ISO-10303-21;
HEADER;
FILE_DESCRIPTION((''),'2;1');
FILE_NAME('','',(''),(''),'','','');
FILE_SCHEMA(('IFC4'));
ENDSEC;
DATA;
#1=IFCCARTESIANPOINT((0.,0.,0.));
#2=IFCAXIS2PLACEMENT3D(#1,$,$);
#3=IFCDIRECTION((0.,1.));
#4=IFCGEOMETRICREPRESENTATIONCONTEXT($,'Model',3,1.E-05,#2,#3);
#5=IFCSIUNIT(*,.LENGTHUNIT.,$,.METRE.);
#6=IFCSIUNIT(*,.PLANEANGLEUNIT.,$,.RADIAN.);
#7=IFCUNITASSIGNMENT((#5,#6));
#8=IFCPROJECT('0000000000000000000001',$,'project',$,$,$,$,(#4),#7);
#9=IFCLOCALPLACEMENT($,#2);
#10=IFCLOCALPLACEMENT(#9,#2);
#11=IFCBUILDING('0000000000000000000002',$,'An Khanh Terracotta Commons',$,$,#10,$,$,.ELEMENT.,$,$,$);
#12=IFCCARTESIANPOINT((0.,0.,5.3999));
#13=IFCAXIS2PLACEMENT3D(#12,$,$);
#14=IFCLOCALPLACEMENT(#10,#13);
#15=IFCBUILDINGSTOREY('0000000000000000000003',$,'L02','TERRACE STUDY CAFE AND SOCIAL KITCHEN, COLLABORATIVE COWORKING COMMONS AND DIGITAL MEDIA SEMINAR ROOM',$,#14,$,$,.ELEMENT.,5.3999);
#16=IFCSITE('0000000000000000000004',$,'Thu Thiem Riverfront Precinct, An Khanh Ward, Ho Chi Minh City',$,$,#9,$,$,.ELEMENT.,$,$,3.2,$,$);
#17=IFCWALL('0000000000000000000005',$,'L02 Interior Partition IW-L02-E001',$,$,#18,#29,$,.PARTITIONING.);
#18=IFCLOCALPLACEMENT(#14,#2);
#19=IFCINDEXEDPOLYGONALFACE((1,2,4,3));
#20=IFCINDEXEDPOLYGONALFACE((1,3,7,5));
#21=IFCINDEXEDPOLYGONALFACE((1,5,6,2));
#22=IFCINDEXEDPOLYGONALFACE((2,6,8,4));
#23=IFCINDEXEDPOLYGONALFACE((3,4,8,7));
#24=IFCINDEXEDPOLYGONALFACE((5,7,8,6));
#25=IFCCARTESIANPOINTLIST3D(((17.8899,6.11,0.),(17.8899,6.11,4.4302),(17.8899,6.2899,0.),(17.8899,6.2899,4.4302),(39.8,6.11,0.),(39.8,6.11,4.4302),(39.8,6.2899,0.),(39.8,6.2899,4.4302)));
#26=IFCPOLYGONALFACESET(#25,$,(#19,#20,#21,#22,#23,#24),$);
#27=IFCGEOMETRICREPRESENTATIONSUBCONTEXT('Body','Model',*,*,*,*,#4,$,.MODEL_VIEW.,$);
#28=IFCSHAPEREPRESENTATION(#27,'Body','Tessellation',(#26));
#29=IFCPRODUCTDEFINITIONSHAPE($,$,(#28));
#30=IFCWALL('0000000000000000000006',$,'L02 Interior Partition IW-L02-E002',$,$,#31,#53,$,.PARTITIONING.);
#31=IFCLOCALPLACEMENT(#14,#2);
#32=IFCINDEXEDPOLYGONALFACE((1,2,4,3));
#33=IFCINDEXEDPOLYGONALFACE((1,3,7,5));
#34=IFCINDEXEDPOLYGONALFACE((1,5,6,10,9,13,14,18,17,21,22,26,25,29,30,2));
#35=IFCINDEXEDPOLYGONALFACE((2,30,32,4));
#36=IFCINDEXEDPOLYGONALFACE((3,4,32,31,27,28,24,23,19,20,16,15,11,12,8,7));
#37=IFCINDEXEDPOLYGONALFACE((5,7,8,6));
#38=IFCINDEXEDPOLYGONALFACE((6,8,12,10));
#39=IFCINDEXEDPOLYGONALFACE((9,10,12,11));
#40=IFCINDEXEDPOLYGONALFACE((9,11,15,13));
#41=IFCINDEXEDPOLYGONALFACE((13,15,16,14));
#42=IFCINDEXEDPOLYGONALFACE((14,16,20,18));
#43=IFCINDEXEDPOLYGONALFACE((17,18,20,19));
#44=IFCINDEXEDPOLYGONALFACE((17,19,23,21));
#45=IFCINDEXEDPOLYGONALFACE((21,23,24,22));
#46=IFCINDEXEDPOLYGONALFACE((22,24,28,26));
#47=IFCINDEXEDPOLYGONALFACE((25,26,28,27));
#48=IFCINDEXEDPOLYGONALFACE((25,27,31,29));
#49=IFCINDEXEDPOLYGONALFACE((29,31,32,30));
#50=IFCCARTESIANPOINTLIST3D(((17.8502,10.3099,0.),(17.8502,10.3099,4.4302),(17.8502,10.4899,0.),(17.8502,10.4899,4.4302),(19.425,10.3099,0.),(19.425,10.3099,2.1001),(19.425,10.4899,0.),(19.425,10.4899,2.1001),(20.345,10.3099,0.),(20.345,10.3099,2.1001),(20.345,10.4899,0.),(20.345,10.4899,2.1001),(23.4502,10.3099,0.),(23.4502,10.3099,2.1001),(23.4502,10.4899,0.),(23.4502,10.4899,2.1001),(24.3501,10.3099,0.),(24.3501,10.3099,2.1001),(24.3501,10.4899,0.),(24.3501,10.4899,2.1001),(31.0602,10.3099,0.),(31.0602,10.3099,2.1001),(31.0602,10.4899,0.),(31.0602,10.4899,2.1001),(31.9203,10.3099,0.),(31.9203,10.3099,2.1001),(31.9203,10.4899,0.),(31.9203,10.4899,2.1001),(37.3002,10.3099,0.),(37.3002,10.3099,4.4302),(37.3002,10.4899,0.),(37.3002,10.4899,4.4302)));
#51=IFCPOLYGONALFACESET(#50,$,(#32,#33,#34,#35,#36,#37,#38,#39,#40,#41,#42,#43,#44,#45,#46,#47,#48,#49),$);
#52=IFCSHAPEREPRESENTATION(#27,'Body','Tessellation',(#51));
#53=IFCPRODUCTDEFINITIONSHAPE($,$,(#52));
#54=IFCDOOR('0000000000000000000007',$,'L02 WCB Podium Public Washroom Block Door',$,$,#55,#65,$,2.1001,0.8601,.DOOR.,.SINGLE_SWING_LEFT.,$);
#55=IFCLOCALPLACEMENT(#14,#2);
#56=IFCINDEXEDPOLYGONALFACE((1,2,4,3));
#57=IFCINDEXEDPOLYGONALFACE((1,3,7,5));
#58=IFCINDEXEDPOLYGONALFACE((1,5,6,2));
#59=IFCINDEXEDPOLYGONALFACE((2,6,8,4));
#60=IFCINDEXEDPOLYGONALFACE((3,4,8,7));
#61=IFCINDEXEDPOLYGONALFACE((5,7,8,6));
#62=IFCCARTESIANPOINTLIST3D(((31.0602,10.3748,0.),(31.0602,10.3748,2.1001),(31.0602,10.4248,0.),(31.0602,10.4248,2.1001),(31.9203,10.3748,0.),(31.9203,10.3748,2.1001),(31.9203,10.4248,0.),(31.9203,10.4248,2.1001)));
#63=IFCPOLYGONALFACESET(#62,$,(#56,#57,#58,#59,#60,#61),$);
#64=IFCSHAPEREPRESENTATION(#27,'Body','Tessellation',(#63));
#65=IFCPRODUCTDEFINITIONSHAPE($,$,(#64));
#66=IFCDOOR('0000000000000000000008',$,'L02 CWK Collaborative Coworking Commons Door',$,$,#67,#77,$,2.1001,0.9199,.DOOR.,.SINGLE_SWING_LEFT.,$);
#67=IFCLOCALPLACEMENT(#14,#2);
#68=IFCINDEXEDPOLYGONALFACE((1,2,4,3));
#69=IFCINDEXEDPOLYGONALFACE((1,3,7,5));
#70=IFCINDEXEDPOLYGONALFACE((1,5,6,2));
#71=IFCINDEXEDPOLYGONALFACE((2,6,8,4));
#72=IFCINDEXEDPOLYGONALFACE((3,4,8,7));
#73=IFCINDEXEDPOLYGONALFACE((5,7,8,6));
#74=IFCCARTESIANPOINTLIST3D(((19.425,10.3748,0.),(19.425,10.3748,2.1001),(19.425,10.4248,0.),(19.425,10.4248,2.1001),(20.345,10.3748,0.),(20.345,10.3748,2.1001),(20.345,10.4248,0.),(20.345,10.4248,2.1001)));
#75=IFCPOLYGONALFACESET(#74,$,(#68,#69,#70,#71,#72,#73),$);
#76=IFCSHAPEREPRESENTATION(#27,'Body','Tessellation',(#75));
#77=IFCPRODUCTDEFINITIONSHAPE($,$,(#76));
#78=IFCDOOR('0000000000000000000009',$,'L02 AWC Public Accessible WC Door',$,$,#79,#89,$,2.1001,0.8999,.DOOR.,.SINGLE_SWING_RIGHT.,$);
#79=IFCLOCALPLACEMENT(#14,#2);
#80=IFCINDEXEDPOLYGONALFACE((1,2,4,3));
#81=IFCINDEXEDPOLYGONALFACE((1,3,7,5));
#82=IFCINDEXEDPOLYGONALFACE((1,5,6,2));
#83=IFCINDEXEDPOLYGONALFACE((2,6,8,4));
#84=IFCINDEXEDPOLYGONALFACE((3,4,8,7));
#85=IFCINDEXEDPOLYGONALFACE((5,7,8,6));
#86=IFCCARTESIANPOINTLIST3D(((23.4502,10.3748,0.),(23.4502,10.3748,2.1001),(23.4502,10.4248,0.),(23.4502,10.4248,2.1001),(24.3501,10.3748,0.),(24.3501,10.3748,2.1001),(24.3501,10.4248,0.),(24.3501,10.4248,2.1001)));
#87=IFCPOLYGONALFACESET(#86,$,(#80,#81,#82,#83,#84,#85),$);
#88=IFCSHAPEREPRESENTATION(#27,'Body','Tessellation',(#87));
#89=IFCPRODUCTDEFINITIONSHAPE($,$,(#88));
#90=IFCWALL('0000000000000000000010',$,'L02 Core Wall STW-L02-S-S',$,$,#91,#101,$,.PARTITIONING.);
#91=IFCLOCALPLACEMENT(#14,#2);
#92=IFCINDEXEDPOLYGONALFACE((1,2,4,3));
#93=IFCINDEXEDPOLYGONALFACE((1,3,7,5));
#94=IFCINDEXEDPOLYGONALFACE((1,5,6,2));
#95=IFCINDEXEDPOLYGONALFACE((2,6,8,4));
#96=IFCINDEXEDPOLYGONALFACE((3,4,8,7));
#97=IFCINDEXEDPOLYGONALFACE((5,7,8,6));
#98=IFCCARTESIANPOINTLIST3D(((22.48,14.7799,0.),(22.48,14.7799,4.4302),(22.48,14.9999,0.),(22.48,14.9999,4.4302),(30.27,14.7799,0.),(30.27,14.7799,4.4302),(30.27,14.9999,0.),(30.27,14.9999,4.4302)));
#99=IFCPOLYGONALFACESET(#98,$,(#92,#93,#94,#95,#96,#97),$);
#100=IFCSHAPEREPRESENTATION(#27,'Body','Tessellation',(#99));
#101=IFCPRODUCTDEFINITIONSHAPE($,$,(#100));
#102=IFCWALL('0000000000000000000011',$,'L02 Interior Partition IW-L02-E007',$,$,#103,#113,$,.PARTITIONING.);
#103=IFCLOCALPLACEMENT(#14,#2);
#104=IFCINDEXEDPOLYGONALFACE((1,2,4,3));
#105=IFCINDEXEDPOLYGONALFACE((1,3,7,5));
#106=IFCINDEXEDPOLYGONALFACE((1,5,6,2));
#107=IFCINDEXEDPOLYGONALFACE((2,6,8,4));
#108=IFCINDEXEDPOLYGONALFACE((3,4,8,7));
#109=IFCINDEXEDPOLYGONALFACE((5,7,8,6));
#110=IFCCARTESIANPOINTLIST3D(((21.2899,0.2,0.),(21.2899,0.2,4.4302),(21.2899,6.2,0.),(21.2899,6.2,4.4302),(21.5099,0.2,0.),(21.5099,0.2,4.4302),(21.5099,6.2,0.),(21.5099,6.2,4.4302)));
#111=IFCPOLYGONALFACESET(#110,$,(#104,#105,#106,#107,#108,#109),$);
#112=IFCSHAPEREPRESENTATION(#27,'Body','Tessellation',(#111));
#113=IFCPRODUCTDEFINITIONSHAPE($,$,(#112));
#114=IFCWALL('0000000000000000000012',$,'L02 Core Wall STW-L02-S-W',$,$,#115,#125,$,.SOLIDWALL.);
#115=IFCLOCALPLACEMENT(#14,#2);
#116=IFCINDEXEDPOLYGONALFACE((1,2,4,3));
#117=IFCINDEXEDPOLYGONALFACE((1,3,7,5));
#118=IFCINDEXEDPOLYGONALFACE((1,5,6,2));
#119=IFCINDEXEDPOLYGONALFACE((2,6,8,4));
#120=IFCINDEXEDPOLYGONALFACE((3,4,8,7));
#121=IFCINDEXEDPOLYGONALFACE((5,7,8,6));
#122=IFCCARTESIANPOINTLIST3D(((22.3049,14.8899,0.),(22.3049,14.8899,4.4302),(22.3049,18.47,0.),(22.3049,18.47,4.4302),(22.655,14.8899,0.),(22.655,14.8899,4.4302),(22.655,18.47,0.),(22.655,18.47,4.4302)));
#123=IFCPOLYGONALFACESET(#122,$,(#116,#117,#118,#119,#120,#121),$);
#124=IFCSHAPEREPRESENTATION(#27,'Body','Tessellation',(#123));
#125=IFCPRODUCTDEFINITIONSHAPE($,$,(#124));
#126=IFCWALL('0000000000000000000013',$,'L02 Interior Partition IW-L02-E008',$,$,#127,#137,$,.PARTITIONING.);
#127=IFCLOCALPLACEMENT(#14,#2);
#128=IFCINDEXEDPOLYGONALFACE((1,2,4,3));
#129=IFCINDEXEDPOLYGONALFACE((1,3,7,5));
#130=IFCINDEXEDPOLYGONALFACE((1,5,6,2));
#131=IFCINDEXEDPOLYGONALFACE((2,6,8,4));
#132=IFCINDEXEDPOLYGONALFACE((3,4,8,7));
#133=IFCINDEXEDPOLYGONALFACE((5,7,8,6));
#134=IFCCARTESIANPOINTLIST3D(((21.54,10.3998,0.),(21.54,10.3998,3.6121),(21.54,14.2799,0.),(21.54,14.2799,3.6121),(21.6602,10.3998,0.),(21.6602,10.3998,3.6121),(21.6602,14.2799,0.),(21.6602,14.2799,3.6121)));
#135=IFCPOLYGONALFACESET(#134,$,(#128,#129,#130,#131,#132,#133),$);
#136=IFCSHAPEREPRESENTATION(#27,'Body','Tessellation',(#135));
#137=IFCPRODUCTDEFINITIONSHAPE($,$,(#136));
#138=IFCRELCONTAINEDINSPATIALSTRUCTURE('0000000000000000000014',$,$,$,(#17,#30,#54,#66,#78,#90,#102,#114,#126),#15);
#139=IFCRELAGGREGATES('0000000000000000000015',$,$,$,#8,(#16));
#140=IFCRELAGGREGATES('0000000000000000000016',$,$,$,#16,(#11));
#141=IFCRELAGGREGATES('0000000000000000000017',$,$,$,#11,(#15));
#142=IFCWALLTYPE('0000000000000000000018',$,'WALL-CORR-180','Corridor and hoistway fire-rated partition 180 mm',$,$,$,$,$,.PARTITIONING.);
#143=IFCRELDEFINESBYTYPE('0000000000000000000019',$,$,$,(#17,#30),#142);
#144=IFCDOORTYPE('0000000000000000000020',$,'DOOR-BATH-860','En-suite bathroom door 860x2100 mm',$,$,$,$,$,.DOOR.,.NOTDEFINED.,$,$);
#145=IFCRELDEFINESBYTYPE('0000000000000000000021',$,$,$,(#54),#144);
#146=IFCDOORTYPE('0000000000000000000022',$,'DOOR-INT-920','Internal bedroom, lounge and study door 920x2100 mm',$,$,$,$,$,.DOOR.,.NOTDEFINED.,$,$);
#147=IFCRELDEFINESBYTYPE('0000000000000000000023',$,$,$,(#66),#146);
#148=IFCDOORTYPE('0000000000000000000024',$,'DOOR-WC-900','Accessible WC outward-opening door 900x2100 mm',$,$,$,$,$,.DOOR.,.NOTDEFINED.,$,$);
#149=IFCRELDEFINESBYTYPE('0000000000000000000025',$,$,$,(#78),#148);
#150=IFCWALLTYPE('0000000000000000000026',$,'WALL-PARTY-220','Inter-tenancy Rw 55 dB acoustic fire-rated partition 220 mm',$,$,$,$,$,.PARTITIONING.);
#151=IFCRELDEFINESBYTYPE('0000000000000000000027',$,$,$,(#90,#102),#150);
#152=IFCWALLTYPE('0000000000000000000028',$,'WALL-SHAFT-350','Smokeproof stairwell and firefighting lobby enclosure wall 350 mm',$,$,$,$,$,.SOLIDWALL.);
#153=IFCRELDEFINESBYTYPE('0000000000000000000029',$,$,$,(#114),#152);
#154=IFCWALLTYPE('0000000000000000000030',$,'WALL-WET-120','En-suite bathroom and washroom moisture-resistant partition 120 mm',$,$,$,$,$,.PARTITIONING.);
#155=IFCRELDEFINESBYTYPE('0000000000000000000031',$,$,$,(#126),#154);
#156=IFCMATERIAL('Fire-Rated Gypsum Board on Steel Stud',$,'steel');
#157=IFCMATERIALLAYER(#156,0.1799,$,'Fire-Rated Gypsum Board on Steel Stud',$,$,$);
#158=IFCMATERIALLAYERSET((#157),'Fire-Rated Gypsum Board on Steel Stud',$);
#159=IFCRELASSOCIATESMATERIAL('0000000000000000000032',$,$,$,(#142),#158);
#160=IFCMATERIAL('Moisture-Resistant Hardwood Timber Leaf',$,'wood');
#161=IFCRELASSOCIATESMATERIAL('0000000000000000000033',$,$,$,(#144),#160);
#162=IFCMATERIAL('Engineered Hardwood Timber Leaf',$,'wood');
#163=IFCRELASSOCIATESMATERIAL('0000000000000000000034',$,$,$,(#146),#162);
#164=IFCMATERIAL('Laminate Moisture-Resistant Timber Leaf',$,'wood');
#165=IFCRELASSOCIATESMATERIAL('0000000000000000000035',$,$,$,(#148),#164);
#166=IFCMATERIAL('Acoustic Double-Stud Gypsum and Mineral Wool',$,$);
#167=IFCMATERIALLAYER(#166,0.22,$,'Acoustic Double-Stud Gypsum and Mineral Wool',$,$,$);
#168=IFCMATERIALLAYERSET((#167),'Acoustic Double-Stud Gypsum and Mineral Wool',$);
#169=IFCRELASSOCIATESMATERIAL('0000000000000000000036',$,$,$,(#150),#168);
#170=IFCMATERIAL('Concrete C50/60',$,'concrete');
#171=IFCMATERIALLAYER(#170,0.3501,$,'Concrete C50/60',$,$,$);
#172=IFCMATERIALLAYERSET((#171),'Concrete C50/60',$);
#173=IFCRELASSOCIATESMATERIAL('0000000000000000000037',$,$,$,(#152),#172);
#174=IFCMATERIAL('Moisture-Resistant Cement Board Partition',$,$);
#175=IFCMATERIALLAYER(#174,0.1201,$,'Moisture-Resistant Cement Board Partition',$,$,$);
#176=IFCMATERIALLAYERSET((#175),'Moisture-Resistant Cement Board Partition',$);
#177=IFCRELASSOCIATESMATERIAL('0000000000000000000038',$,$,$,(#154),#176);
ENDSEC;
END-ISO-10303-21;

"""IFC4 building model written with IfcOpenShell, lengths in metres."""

from ifc_helpers import new_model, si_unit, direction, frame, frame_2d, origin, place, context, subcontext, project, spatial, rectangle, extrude, material, layer, layer_set, type_object, element, fill, save


model = new_model("IFC4")

# Units and contexts
model_context = context("Model", 3, precision=1e-05, world=origin(), true_north=direction((0.0, 1.0)))
body_context = subcontext(model_context, "Body", "Model", "MODEL_VIEW")
ifc_project = project(units=[si_unit("LENGTHUNIT", "METRE"), si_unit("PLANEANGLEUNIT", "RADIAN")], contexts=[model_context])

# Site, building, storey
site_placement = place(None, origin())
site = spatial("IfcSite", under=ifc_project, at=site_placement, Name="Thu Thiem Riverfront Precinct, An Khanh Ward, Ho Chi Minh City", CompositionType="ELEMENT", RefElevation=3.2)
building_placement = place(site_placement, origin())
building = spatial("IfcBuilding", under=site, at=building_placement, Name="An Khanh Terracotta Commons", CompositionType="ELEMENT")
storey_placement = place(building_placement, frame((0.0, 0.0, 5.3999)))
storey = spatial("IfcBuildingStorey", under=building, at=storey_placement, Name="L02", Description="TERRACE STUDY CAFE AND SOCIAL KITCHEN, COLLABORATIVE COWORKING COMMONS AND DIGITAL MEDIA SEMINAR ROOM", CompositionType="ELEMENT", Elevation=5.3999)

# Shared definitions
ifc_material_1 = material(Name="Concrete C50/60", Category="concrete")

# Wall
ifc_material_2 = material(Name="Fire-Rated Gypsum Board on Steel Stud", Category="steel")
ifc_layer_1 = layer(ifc_material_2, 0.1799, Name="Fire-Rated Gypsum Board on Steel Stud")
ifc_layer_set_1 = layer_set([ifc_layer_1], Name="Fire-Rated Gypsum Board on Steel Stud")
wall_type_1 = type_object("IfcWallType", Name="WALL-CORR-180", Description="Corridor and hoistway fire-rated partition 180 mm", PredefinedType="PARTITIONING", material=ifc_layer_set_1)
wall_1_placement = place(storey_placement, frame((17.8899, 6.2, 0.0), z_axis=(0.0, 0.0, 1.0), x_axis=(1.0, 0.0, 0.0)))
element("IfcWall", 1, at=wall_1_placement, inside=storey, type_object=wall_type_1, Name="L02 Interior Partition IW-L02-E001", PredefinedType="PARTITIONING", context=body_context, shape_type="SweptSolid", body=[
    extrude(rectangle(XDim=21.9102, YDim=0.1799, at=frame_2d((10.9551, 0.0))), origin(), (0.0, 0.0, 1.0), 4.4302),
])

# Wall, openings, doors
wall_2_placement = place(storey_placement, frame((17.8501, 10.3999, 0.0), z_axis=(0.0, 0.0, 1.0), x_axis=(1.0, 0.0, 0.0)))
wall_2 = element("IfcWall", 2, at=wall_2_placement, inside=storey, type_object=wall_type_1, Name="L02 Interior Partition IW-L02-E002", PredefinedType="PARTITIONING", context=body_context, shape_type="SweptSolid", body=[
    extrude(rectangle(XDim=19.45, YDim=0.1799, at=frame_2d((9.7251, 0.0))), origin(), (0.0, 0.0, 1.0), 4.4302),
])
opening_1_placement = place(wall_2_placement, frame((1.575, 0.0, 0.0)))
opening_1 = element("IfcOpeningElement", 3, at=opening_1_placement, cuts=wall_2, PredefinedType="OPENING", context=body_context, shape_type="SweptSolid", body=[
    extrude(rectangle(XDim=0.9199, YDim=2.1001, at=frame_2d((0.46, 1.05))), frame((0.0, 0.0999, 0.0), z_axis=(0.0, -1.0, 0.0), x_axis=(1.0, 0.0, 0.0)), (0.0, 0.0, 1.0), 0.2),
])
opening_2_placement = place(wall_2_placement, frame((5.6001, 0.0, 0.0)))
opening_2 = element("IfcOpeningElement", 4, at=opening_2_placement, cuts=wall_2, PredefinedType="OPENING", context=body_context, shape_type="SweptSolid", body=[
    extrude(rectangle(XDim=0.8999, YDim=2.1001, at=frame_2d((0.45, 1.05))), frame((0.0, 0.0999, 0.0), z_axis=(0.0, -1.0, 0.0), x_axis=(1.0, 0.0, 0.0)), (0.0, 0.0, 1.0), 0.2),
])
opening_3_placement = place(wall_2_placement, frame((13.21, 0.0, 0.0)))
opening_3 = element("IfcOpeningElement", 5, at=opening_3_placement, cuts=wall_2, PredefinedType="OPENING", context=body_context, shape_type="SweptSolid", body=[
    extrude(rectangle(XDim=0.8601, YDim=2.1001, at=frame_2d((0.4302, 1.05))), frame((0.0, 0.0999, 0.0), z_axis=(0.0, -1.0, 0.0), x_axis=(1.0, 0.0, 0.0)), (0.0, 0.0, 1.0), 0.2),
])
ifc_material_3 = material(Name="Moisture-Resistant Hardwood Timber Leaf", Category="wood")
door_type_1 = type_object("IfcDoorType", Name="DOOR-BATH-860", Description="En-suite bathroom door 860x2100 mm", OperationType="NOTDEFINED", PredefinedType="DOOR", material=ifc_material_3)
door_1_placement = place(opening_3_placement, origin())
door_1 = element("IfcDoor", 6, at=door_1_placement, inside=storey, type_object=door_type_1, Name="L02 WCB Podium Public Washroom Block Door", OperationType="SINGLE_SWING_LEFT", OverallHeight=2.1001, OverallWidth=0.8601, PredefinedType="DOOR", context=body_context, shape_type="SweptSolid", body=[
    extrude(rectangle(XDim=0.8601, YDim=2.1001, at=frame_2d((0.4302, 1.05))), frame((0.0, 0.0249, 0.0), z_axis=(0.0, -1.0, 0.0), x_axis=(1.0, 0.0, 0.0)), (0.0, 0.0, 1.0), 0.05),
])
fill(opening_3, door_1)
ifc_material_4 = material(Name="Engineered Hardwood Timber Leaf", Category="wood")
door_type_2 = type_object("IfcDoorType", Name="DOOR-INT-920", Description="Internal bedroom, lounge and study door 920x2100 mm", OperationType="NOTDEFINED", PredefinedType="DOOR", material=ifc_material_4)
door_2_placement = place(opening_1_placement, origin())
door_2 = element("IfcDoor", 7, at=door_2_placement, inside=storey, type_object=door_type_2, Name="L02 CWK Collaborative Coworking Commons Door", OperationType="SINGLE_SWING_LEFT", OverallHeight=2.1001, OverallWidth=0.9199, PredefinedType="DOOR", context=body_context, shape_type="SweptSolid", body=[
    extrude(rectangle(XDim=0.9199, YDim=2.1001, at=frame_2d((0.46, 1.05))), frame((0.0, 0.0249, 0.0), z_axis=(0.0, -1.0, 0.0), x_axis=(1.0, 0.0, 0.0)), (0.0, 0.0, 1.0), 0.05),
])
fill(opening_1, door_2)
ifc_material_5 = material(Name="Laminate Moisture-Resistant Timber Leaf", Category="wood")
door_type_3 = type_object("IfcDoorType", Name="DOOR-WC-900", Description="Accessible WC outward-opening door 900x2100 mm", OperationType="NOTDEFINED", PredefinedType="DOOR", material=ifc_material_5)
door_3_placement = place(opening_2_placement, origin())
door_3 = element("IfcDoor", 8, at=door_3_placement, inside=storey, type_object=door_type_3, Name="L02 AWC Public Accessible WC Door", OperationType="SINGLE_SWING_RIGHT", OverallHeight=2.1001, OverallWidth=0.8999, PredefinedType="DOOR", context=body_context, shape_type="SweptSolid", body=[
    extrude(rectangle(XDim=0.8999, YDim=2.1001, at=frame_2d((0.45, 1.05))), frame((0.0, 0.0249, 0.0), z_axis=(0.0, -1.0, 0.0), x_axis=(1.0, 0.0, 0.0)), (0.0, 0.0, 1.0), 0.05),
])
fill(opening_2, door_3)

# Walls
ifc_material_6 = material(Name="Acoustic Double-Stud Gypsum and Mineral Wool")
ifc_layer_2 = layer(ifc_material_6, 0.22, Name="Acoustic Double-Stud Gypsum and Mineral Wool")
ifc_layer_set_2 = layer_set([ifc_layer_2], Name="Acoustic Double-Stud Gypsum and Mineral Wool")
wall_type_2 = type_object("IfcWallType", Name="WALL-PARTY-220", Description="Inter-tenancy Rw 55 dB acoustic fire-rated partition 220 mm", PredefinedType="PARTITIONING", material=ifc_layer_set_2)
wall_3_placement = place(storey_placement, frame((22.48, 14.8899, 0.0), z_axis=(0.0, 0.0, 1.0), x_axis=(1.0, 0.0, 0.0)))
element("IfcWall", 9, at=wall_3_placement, inside=storey, type_object=wall_type_2, Name="L02 Core Wall STW-L02-S-S", PredefinedType="PARTITIONING", context=body_context, shape_type="SweptSolid", body=[
    extrude(rectangle(XDim=7.79, YDim=0.22, at=frame_2d((3.895, 0.0))), origin(), (0.0, 0.0, 1.0), 4.4302),
])
wall_4_placement = place(storey_placement, frame((21.3999, 0.2, 0.0), z_axis=(0.0, 0.0, 1.0), x_axis=(0.0, 1.0, 0.0)))
element("IfcWall", 10, at=wall_4_placement, inside=storey, type_object=wall_type_2, Name="L02 Interior Partition IW-L02-E007", PredefinedType="PARTITIONING", context=body_context, shape_type="SweptSolid", body=[
    extrude(rectangle(XDim=6.0, YDim=0.22, at=frame_2d((3.0, 0.0))), origin(), (0.0, 0.0, 1.0), 4.4302),
])

# Shared definitions
ifc_layer_3 = layer(ifc_material_1, 0.3501, Name="Concrete C50/60")
ifc_layer_set_3 = layer_set([ifc_layer_3], Name="Concrete C50/60")
wall_type_3 = type_object("IfcWallType", Name="WALL-SHAFT-350", Description="Smokeproof stairwell and firefighting lobby enclosure wall 350 mm", PredefinedType="SOLIDWALL", material=ifc_layer_set_3)

# Walls
wall_5_placement = place(storey_placement, frame((22.48, 14.8899, 0.0), z_axis=(0.0, 0.0, 1.0), x_axis=(0.0, 1.0, 0.0)))
element("IfcWall", 11, at=wall_5_placement, inside=storey, type_object=wall_type_3, Name="L02 Core Wall STW-L02-S-W", PredefinedType="SOLIDWALL", context=body_context, shape_type="SweptSolid", body=[
    extrude(rectangle(XDim=3.5801, YDim=0.3501, at=frame_2d((1.79, 0.0))), origin(), (0.0, 0.0, 1.0), 4.4302),
])
ifc_material_7 = material(Name="Moisture-Resistant Cement Board Partition")
ifc_layer_4 = layer(ifc_material_7, 0.1201, Name="Moisture-Resistant Cement Board Partition")
ifc_layer_set_4 = layer_set([ifc_layer_4], Name="Moisture-Resistant Cement Board Partition")
wall_type_4 = type_object("IfcWallType", Name="WALL-WET-120", Description="En-suite bathroom and washroom moisture-resistant partition 120 mm", PredefinedType="PARTITIONING", material=ifc_layer_set_4)
wall_6_placement = place(storey_placement, frame((21.6001, 10.3999, 0.0), z_axis=(0.0, 0.0, 1.0), x_axis=(0.0, 1.0, 0.0)))
element("IfcWall", 12, at=wall_6_placement, inside=storey, type_object=wall_type_4, Name="L02 Interior Partition IW-L02-E008", PredefinedType="PARTITIONING", context=body_context, shape_type="SweptSolid", body=[
    extrude(rectangle(XDim=3.8801, YDim=0.1201, at=frame_2d((1.9399, 0.0))), origin(), (0.0, 0.0, 1.0), 3.6121),
])

save(model, "model.ifc")
